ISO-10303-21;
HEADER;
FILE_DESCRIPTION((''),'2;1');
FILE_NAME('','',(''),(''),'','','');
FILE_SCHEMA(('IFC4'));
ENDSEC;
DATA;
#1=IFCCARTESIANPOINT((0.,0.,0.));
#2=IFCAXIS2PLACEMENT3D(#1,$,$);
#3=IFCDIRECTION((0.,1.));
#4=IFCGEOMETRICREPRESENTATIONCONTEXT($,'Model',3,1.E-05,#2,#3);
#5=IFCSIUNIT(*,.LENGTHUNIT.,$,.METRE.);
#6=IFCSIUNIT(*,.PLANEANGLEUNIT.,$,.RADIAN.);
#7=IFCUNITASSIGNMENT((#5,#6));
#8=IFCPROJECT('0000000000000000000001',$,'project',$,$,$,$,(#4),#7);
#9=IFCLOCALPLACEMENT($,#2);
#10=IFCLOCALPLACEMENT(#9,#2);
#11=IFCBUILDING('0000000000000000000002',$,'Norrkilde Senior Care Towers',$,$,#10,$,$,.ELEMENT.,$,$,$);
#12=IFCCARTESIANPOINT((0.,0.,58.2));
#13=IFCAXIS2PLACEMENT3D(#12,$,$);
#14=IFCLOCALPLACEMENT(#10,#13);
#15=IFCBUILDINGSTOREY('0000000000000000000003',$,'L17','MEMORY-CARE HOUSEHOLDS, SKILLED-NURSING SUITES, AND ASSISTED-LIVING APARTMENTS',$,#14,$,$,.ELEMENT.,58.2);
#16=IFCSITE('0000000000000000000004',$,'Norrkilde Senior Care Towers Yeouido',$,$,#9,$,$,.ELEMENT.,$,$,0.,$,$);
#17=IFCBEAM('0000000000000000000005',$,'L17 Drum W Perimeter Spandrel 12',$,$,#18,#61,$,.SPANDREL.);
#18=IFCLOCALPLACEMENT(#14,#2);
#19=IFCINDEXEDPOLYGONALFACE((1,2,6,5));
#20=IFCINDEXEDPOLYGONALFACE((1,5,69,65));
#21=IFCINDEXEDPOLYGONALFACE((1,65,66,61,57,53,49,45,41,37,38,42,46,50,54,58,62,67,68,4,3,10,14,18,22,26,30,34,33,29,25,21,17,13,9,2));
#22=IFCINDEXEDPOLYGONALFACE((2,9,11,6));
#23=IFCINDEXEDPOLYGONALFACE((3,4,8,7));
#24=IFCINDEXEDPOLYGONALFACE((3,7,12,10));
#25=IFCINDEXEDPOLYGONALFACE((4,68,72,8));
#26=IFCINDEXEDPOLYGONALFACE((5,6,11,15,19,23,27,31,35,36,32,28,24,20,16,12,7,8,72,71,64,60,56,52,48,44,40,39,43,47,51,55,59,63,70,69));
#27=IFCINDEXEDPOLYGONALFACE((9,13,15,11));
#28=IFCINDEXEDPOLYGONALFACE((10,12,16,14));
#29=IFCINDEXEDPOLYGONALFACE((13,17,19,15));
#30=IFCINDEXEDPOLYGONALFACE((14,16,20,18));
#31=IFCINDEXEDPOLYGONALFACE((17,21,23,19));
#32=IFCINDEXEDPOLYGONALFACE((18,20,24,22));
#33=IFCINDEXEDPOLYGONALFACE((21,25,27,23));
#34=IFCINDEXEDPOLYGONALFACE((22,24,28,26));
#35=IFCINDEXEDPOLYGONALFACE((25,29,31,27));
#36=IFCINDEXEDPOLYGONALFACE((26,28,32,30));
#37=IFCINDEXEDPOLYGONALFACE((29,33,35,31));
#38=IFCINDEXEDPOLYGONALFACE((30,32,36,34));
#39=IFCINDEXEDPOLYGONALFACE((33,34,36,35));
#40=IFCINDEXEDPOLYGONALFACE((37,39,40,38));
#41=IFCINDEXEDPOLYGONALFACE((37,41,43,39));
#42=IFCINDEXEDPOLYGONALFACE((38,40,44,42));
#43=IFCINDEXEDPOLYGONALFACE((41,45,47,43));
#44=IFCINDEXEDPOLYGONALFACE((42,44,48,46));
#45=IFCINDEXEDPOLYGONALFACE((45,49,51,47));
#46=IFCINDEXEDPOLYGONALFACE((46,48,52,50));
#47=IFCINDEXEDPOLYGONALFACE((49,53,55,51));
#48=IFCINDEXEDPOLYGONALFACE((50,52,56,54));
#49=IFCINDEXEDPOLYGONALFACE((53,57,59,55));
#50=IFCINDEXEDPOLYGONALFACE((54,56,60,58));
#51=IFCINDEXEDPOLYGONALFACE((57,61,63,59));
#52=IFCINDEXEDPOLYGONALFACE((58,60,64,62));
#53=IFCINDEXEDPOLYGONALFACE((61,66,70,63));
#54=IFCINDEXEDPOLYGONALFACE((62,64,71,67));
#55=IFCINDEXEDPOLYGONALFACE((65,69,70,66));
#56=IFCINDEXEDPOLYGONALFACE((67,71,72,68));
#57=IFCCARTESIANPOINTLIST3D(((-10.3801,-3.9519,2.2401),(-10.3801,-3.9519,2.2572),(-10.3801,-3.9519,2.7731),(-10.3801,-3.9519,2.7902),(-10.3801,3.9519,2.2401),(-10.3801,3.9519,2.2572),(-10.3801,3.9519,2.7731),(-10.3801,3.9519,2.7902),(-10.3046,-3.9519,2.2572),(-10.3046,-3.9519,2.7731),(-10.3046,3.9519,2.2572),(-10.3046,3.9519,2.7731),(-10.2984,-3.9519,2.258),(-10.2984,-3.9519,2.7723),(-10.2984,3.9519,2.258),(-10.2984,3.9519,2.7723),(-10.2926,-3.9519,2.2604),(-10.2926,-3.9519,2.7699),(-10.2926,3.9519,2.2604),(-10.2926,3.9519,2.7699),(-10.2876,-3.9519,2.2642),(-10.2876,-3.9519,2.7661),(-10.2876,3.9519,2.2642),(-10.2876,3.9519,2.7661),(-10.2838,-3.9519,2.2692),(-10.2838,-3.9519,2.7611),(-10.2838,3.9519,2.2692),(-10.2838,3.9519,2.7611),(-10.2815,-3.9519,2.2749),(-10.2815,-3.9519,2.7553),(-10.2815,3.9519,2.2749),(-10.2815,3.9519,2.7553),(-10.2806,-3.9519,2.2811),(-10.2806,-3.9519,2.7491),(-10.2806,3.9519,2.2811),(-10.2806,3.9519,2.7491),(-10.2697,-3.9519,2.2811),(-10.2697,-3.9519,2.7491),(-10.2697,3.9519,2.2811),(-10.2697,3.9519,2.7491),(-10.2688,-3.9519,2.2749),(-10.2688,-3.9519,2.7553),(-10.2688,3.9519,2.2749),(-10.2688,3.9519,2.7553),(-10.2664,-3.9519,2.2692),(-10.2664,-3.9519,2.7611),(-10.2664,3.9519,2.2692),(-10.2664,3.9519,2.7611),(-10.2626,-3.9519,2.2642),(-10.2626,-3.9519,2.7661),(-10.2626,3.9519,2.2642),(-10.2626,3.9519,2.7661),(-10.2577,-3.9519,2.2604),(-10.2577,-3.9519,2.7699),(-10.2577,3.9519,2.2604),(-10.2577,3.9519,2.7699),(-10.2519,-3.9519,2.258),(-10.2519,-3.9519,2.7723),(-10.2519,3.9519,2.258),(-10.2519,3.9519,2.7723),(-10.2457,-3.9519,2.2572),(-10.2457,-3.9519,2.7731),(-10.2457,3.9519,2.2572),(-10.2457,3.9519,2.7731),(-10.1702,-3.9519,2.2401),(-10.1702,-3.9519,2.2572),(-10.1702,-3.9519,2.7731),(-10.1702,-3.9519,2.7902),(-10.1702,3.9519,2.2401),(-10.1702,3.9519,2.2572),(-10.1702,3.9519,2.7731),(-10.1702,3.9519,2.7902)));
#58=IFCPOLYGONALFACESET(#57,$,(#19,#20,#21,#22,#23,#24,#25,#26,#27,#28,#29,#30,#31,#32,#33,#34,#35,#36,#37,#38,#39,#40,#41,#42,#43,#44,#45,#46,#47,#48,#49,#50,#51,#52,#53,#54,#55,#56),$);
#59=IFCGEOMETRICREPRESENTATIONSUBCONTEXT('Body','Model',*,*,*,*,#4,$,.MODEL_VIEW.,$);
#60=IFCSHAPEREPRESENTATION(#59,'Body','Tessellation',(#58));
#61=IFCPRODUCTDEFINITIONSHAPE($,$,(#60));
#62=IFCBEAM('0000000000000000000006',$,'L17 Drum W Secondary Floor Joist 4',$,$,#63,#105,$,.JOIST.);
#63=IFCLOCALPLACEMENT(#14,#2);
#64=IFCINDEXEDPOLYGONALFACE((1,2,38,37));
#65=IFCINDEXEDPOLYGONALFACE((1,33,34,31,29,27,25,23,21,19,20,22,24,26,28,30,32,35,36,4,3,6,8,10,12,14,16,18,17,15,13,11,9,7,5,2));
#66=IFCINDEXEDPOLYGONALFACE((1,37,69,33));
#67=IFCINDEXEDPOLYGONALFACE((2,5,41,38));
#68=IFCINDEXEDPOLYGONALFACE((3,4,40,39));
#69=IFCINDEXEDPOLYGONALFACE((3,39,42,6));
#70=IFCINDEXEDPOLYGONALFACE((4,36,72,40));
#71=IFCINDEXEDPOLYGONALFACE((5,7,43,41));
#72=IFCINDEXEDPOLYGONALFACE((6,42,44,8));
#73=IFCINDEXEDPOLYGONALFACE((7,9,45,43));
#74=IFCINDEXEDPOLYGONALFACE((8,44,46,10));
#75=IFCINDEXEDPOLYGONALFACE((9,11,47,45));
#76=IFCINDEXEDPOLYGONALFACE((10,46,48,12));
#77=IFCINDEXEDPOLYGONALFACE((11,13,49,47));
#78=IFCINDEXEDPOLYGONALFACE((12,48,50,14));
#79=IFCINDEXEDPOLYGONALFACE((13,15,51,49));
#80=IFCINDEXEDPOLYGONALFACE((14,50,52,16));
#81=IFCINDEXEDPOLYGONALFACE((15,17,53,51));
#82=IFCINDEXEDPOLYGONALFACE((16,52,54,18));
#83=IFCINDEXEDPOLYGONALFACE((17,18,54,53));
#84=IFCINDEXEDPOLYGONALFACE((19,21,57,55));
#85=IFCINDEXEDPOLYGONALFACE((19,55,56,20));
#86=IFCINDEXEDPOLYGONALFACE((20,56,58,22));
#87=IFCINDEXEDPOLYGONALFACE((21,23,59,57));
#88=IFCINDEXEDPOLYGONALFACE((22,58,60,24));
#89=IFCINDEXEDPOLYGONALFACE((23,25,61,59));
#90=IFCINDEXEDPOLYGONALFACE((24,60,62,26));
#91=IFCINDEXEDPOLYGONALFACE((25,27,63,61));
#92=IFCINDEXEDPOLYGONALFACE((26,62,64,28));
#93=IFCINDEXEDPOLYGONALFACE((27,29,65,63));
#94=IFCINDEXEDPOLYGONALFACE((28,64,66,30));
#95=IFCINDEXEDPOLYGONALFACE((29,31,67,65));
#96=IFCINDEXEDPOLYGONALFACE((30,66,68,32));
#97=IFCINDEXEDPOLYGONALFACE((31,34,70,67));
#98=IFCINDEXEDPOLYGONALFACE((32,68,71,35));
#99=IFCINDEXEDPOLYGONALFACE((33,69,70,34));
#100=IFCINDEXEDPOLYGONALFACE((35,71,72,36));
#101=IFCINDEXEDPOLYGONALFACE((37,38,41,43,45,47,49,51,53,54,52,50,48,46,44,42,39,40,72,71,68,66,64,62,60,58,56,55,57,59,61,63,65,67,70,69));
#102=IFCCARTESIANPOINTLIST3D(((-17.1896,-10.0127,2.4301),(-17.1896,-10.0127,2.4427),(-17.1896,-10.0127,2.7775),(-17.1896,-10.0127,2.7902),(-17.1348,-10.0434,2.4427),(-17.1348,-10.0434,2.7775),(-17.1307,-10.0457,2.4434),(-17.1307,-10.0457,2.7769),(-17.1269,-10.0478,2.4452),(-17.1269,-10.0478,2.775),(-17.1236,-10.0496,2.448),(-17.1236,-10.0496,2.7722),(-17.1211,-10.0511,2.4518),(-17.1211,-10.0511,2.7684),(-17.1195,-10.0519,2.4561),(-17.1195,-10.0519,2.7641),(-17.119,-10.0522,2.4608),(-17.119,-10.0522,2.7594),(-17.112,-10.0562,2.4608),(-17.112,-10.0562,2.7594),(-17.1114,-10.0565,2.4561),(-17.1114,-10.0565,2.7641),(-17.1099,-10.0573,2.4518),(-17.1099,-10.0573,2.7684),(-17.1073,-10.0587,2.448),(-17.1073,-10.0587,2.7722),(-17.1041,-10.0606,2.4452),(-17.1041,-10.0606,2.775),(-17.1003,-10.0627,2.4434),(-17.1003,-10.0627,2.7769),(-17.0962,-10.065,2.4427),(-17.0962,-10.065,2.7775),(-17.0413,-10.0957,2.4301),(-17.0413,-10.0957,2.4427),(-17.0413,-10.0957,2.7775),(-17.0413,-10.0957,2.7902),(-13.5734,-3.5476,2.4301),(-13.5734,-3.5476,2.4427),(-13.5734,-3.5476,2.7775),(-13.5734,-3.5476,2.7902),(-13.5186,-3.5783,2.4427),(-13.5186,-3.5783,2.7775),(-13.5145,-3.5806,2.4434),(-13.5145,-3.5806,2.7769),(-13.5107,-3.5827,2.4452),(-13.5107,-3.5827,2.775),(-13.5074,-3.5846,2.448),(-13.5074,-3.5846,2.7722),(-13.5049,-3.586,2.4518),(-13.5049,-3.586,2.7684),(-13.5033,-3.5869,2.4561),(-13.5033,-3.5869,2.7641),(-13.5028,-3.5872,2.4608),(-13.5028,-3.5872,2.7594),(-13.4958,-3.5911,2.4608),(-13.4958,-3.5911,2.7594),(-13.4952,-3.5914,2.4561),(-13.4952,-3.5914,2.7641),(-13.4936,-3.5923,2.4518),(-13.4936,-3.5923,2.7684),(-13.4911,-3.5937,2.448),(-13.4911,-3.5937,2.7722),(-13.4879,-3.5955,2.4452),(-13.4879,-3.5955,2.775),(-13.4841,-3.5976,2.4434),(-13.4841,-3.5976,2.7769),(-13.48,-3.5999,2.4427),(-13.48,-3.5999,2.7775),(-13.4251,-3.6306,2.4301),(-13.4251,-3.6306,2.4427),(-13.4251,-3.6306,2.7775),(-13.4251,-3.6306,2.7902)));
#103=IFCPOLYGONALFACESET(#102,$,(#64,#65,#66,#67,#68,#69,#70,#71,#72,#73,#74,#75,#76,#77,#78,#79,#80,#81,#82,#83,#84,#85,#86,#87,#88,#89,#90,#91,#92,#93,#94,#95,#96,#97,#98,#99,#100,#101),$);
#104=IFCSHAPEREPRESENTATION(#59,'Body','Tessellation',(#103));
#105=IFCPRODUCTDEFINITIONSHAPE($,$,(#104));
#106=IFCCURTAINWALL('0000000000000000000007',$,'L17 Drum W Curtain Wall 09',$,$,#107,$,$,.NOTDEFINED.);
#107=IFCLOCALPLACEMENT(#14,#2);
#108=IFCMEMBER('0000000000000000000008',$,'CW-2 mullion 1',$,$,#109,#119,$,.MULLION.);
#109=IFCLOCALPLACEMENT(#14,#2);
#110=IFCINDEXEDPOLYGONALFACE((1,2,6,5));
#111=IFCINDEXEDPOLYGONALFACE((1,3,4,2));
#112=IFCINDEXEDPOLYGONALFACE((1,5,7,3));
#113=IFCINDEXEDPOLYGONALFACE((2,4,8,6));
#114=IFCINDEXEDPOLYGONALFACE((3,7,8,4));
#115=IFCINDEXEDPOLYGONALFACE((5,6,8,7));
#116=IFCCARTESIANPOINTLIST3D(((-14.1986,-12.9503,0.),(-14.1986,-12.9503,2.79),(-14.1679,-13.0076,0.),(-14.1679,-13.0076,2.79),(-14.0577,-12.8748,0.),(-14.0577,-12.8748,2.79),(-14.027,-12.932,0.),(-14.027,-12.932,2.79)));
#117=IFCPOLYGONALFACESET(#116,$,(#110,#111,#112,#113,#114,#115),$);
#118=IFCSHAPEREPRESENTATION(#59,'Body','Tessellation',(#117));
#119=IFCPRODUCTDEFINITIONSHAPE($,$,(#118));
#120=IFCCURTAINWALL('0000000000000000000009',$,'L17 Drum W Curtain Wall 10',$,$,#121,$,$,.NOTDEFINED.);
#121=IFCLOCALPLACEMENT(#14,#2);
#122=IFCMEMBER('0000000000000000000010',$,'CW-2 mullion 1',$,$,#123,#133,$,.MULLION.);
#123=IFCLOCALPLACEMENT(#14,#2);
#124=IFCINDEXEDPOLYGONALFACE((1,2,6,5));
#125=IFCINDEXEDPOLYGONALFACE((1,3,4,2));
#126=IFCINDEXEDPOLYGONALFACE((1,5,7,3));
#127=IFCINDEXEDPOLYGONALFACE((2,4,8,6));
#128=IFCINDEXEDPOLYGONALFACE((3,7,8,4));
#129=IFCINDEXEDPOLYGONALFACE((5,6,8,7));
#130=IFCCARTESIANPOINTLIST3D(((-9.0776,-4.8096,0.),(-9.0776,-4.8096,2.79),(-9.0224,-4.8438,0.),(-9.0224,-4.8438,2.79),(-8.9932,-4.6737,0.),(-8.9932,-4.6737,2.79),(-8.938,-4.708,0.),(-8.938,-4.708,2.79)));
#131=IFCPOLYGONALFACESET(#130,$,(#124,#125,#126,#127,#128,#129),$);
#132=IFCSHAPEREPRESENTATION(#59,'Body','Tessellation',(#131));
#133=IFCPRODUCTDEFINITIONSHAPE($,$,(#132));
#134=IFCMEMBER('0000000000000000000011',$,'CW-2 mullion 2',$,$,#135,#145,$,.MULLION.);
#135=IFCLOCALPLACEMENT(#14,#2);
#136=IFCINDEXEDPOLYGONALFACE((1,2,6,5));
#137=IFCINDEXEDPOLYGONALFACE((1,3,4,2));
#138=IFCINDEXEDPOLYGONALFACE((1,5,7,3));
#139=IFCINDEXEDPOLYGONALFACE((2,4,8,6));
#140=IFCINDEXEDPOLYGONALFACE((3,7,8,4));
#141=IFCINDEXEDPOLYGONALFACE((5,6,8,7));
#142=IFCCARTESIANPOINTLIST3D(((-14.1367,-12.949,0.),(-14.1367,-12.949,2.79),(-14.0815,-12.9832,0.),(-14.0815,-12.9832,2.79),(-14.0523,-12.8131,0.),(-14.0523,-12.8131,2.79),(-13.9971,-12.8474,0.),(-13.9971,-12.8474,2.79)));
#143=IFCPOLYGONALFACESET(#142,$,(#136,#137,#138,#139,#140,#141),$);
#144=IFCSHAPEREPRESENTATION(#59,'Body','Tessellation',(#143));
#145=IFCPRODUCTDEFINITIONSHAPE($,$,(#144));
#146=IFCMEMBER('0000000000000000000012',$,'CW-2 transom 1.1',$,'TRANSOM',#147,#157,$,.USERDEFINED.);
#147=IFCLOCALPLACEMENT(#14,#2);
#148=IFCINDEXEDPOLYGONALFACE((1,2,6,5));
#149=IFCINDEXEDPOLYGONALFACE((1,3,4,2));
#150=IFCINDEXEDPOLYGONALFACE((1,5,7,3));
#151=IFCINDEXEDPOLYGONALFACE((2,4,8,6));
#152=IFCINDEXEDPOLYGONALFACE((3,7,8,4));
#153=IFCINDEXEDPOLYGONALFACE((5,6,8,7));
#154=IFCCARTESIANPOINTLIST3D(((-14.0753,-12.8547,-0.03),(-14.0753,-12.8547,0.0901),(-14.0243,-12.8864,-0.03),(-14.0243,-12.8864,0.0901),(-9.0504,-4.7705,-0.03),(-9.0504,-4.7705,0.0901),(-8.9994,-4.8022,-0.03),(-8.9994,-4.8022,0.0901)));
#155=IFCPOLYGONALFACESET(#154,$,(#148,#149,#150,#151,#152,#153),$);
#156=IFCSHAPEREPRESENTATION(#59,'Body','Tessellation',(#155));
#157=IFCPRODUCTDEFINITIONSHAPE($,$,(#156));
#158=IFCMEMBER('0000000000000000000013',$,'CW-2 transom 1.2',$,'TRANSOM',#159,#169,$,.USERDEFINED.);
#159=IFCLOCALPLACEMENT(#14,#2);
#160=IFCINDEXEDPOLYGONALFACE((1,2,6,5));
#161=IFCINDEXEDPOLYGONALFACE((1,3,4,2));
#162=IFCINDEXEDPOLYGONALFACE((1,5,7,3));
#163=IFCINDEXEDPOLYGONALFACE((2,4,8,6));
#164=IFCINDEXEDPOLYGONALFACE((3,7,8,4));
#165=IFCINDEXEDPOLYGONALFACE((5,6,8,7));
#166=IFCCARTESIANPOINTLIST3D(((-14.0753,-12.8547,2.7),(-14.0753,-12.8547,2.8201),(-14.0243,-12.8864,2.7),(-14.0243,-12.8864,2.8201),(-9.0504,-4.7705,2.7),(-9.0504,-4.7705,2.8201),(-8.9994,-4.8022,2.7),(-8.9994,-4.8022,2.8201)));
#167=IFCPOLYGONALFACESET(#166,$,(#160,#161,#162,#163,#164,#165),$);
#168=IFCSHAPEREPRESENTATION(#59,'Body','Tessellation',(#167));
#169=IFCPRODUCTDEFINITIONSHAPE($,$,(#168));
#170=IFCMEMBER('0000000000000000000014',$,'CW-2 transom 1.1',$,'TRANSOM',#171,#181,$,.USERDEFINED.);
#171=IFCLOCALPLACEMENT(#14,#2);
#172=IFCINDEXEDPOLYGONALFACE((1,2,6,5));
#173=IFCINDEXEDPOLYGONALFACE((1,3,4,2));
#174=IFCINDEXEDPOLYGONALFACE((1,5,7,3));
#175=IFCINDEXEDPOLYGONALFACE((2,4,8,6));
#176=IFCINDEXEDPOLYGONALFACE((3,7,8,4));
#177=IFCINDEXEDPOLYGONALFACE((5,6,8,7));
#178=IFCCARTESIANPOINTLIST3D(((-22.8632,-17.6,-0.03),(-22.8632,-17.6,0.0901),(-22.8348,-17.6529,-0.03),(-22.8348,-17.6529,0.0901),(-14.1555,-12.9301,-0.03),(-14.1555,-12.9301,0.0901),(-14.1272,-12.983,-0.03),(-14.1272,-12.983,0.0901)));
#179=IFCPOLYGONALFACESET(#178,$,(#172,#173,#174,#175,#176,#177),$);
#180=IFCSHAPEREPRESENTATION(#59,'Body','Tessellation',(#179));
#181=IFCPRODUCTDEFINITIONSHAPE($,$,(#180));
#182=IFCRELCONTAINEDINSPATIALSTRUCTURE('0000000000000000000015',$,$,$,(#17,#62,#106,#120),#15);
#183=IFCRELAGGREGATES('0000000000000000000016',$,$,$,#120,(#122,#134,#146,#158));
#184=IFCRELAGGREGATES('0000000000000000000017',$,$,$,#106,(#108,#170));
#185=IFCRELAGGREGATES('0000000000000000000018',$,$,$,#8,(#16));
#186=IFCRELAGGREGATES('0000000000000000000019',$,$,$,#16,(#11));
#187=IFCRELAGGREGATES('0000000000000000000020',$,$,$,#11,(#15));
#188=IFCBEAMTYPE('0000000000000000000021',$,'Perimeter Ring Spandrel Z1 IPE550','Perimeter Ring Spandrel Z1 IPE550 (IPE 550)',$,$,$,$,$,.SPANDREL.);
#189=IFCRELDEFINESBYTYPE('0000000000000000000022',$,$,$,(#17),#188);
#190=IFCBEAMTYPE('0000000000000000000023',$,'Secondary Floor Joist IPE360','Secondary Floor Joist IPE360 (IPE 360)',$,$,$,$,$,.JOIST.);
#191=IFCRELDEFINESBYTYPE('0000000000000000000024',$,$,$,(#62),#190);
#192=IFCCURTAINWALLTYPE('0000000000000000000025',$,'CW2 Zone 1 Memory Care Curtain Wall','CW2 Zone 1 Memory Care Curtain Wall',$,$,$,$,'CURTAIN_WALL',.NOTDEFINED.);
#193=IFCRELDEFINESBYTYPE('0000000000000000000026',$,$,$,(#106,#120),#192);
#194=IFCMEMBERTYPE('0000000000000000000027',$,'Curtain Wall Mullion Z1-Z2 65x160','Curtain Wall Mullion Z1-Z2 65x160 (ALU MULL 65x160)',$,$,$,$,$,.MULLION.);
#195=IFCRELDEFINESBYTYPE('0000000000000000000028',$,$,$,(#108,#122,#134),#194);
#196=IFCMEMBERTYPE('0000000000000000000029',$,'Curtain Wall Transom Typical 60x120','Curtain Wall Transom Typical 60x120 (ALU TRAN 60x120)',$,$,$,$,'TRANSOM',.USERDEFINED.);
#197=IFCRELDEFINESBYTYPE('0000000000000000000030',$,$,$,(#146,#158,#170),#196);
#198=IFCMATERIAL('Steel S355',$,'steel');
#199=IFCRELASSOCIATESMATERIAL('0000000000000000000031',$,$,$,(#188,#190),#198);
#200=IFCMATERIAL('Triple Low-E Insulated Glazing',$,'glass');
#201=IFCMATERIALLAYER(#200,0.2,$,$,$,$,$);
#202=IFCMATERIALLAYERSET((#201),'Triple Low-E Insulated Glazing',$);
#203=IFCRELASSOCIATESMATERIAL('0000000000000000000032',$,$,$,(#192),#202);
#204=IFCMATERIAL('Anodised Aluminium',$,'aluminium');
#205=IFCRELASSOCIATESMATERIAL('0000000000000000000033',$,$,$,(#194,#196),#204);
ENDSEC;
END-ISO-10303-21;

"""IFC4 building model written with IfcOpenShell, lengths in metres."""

from ifc_helpers import new_model, si_unit, direction, frame, origin, origin_2d, place, context, subcontext, project, spatial, rectangle, i_section, extrude, source, transform, mapped, material, layer, layer_set, material_profile, profile_set, type_object, type_shapes, element, aggregate, save


model = new_model("IFC4")

# Units and contexts
model_context = context("Model", 3, precision=1e-05, world=origin(), true_north=direction((0.0, 1.0)))
body_context = subcontext(model_context, "Body", "Model", "MODEL_VIEW")
ifc_project = project(units=[si_unit("LENGTHUNIT", "METRE"), si_unit("PLANEANGLEUNIT", "RADIAN")], contexts=[model_context])

# Site, building, storey
site_placement = place(None, origin())
site = spatial("IfcSite", under=ifc_project, at=site_placement, Name="Norrkilde Senior Care Towers Yeouido", CompositionType="ELEMENT", RefElevation=0.0)
building_placement = place(site_placement, origin())
building = spatial("IfcBuilding", under=site, at=building_placement, Name="Norrkilde Senior Care Towers", CompositionType="ELEMENT")
storey_placement = place(building_placement, frame((0.0, 0.0, 58.2)))
storey = spatial("IfcBuildingStorey", under=building, at=storey_placement, Name="L17", Description="MEMORY-CARE HOUSEHOLDS, SKILLED-NURSING SUITES, AND ASSISTED-LIVING APARTMENTS", CompositionType="ELEMENT", Elevation=58.2)

# Beams
ifc_material_1 = material(Name="Steel S355", Category="steel")
ifc_material_profile_1 = material_profile(ifc_material_1, i_section(OverallWidth=0.21, OverallDepth=0.55, WebThickness=0.011, FlangeThickness=0.0171, FilletRadius=0.0239, at=origin_2d()), Name="IPE 550")
ifc_profile_set_1 = profile_set([ifc_material_profile_1], Name="Steel S355")
beam_type_1 = type_object("IfcBeamType", Name="Perimeter Ring Spandrel Z1 IPE550", Description="Perimeter Ring Spandrel Z1 IPE550 (IPE 550)", PredefinedType="SPANDREL", material=ifc_profile_set_1)
shared_shape_1 = source(origin(), body_context, "Body", "SweptSolid", [
    extrude(i_section(OverallWidth=0.21, OverallDepth=0.55, WebThickness=0.011, FlangeThickness=0.0171, FilletRadius=0.0239, at=origin_2d()), origin(), (0.0, 0.0, 1.0), 7.9038),
])
beam_1_placement = place(storey_placement, frame((-10.2751, -3.9519, 2.5151), z_axis=(0.0, 1.0, 0.0), x_axis=(-1.0, 0.0, 0.0)))
element("IfcBeam", 1, at=beam_1_placement, inside=storey, type_object=beam_type_1, Name="L17 Drum W Perimeter Spandrel 12", PredefinedType="SPANDREL", context=body_context, shape_type="MappedRepresentation", body=[
    mapped(shared_shape_1, transform((0.0, 0.0, 0.0), x_axis=(1.0, 0.0, 0.0), y_axis=(0.0, 1.0, 0.0), z_axis=(0.0, 0.0, 1.0), scale=1.0)),
])
ifc_material_profile_2 = material_profile(ifc_material_1, i_section(OverallWidth=0.1699, OverallDepth=0.3601, WebThickness=0.0081, FlangeThickness=0.0127, FilletRadius=0.0181, at=origin_2d()), Name="IPE 360")
ifc_profile_set_2 = profile_set([ifc_material_profile_2], Name="Steel S355")
beam_type_2 = type_object("IfcBeamType", Name="Secondary Floor Joist IPE360", Description="Secondary Floor Joist IPE360 (IPE 360)", PredefinedType="JOIST", material=ifc_profile_set_2)
shared_shape_2 = source(origin(), body_context, "Body", "SweptSolid", [
    extrude(i_section(OverallWidth=0.1699, OverallDepth=0.3601, WebThickness=0.0081, FlangeThickness=0.0127, FilletRadius=0.0181, at=origin_2d()), origin(), (0.0, 0.0, 1.0), 7.4077),
])
type_shapes(beam_type_2, [shared_shape_2])
beam_2_placement = place(storey_placement, frame((-17.1155, -10.0542, 2.6101), z_axis=(0.488168, 0.87275, 0.0), x_axis=(-0.87275, 0.488168, 0.0)))
element("IfcBeam", 2, at=beam_2_placement, inside=storey, type_object=beam_type_2, Name="L17 Drum W Secondary Floor Joist 4", PredefinedType="JOIST", context=body_context, shape_type="MappedRepresentation", body=[
    mapped(shared_shape_2, transform((0.0, 0.0, 0.0), x_axis=(1.0, 0.0, 0.0), y_axis=(0.0, 1.0, 0.0), z_axis=(0.0, 0.0, 1.0), scale=1.0)),
])

# Curtain wall, member
ifc_material_2 = material(Name="Triple Low-E Insulated Glazing", Category="glass")
ifc_layer_1 = layer(ifc_material_2, 0.2)
ifc_layer_set_1 = layer_set([ifc_layer_1], Name="Triple Low-E Insulated Glazing")
curtain_wall_type = type_object("IfcCurtainWallType", Name="CW2 Zone 1 Memory Care Curtain Wall", Description="CW2 Zone 1 Memory Care Curtain Wall", ElementType="CURTAIN_WALL", PredefinedType="NOTDEFINED", material=ifc_layer_set_1)
curtain_wall_1_placement = place(storey_placement, origin())
curtain_wall_1 = element("IfcCurtainWall", 3, at=curtain_wall_1_placement, inside=storey, type_object=curtain_wall_type, Name="L17 Drum W Curtain Wall 09", PredefinedType="NOTDEFINED")
ifc_material_3 = material(Name="Anodised Aluminium", Category="aluminium")
ifc_material_profile_3 = material_profile(ifc_material_3, rectangle(XDim=0.0649, YDim=0.1599, at=origin_2d()), Name="ALU MULL 65x160")
ifc_profile_set_3 = profile_set([ifc_material_profile_3], Name="Anodised Aluminium")
member_type_1 = type_object("IfcMemberType", Name="Curtain Wall Mullion Z1-Z2 65x160", Description="Curtain Wall Mullion Z1-Z2 65x160 (ALU MULL 65x160)", PredefinedType="MULLION", material=ifc_profile_set_3)
shared_shape_3 = source(origin(), body_context, "Body", "SweptSolid", [
    extrude(rectangle(XDim=0.0649, YDim=0.1599, at=origin_2d()), origin(), (0.0, 0.0, 1.0), 2.79),
])
type_shapes(member_type_1, [shared_shape_3])
member_1_placement = place(storey_placement, frame((-14.1128, -12.9412, 0.0), z_axis=(0.0, 0.0, 1.0), x_axis=(0.472608, -0.881273, 0.0)))
member_1 = element("IfcMember", 4, at=member_1_placement, type_object=member_type_1, Name="CW-2 mullion 1", PredefinedType="MULLION", context=body_context, shape_type="MappedRepresentation", body=[
    mapped(shared_shape_3, transform((0.0, 0.0, 0.0), x_axis=(1.0, 0.0, 0.0), y_axis=(0.0, 1.0, 0.0), z_axis=(0.0, 0.0, 1.0), scale=1.0)),
])

# Curtain wall, members
curtain_wall_2_placement = place(storey_placement, origin())
curtain_wall_2 = element("IfcCurtainWall", 5, at=curtain_wall_2_placement, inside=storey, type_object=curtain_wall_type, Name="L17 Drum W Curtain Wall 10", PredefinedType="NOTDEFINED")
member_2_placement = place(storey_placement, frame((-9.0078, -4.7588, 0.0), z_axis=(0.0, 0.0, 1.0), x_axis=(0.849306, -0.527901, 0.0)))
member_2 = element("IfcMember", 6, at=member_2_placement, type_object=member_type_1, Name="CW-2 mullion 1", PredefinedType="MULLION", context=body_context, shape_type="MappedRepresentation", body=[
    mapped(shared_shape_3, transform((0.0, 0.0, 0.0), x_axis=(1.0, 0.0, 0.0), y_axis=(0.0, 1.0, 0.0), z_axis=(0.0, 0.0, 1.0), scale=1.0)),
])
member_3_placement = place(storey_placement, frame((-14.0669, -12.8982, 0.0), z_axis=(0.0, 0.0, 1.0), x_axis=(0.849306, -0.527901, 0.0)))
member_3 = element("IfcMember", 7, at=member_3_placement, type_object=member_type_1, Name="CW-2 mullion 2", PredefinedType="MULLION", context=body_context, shape_type="MappedRepresentation", body=[
    mapped(shared_shape_3, transform((0.0, 0.0, 0.0), x_axis=(1.0, 0.0, 0.0), y_axis=(0.0, 1.0, 0.0), z_axis=(0.0, 0.0, 1.0), scale=1.0)),
])
ifc_material_profile_4 = material_profile(ifc_material_3, rectangle(XDim=0.0601, YDim=0.1201, at=origin_2d()), Name="ALU TRAN 60x120")
ifc_profile_set_4 = profile_set([ifc_material_profile_4], Name="Anodised Aluminium")
member_type_2 = type_object("IfcMemberType", Name="Curtain Wall Transom Typical 60x120", Description="Curtain Wall Transom Typical 60x120 (ALU TRAN 60x120)", ElementType="TRANSOM", PredefinedType="USERDEFINED", material=ifc_profile_set_4)
shared_shape_4 = source(origin(), body_context, "Body", "SweptSolid", [
    extrude(rectangle(XDim=0.0601, YDim=0.1201, at=origin_2d()), origin(), (0.0, 0.0, 1.0), 9.5186),
])
member_4_placement = place(storey_placement, frame((-9.0249, -4.7864, 0.03), z_axis=(-0.527902, -0.849306, 0.0), x_axis=(0.849306, -0.527902, 0.0)))
member_4 = element("IfcMember", 8, at=member_4_placement, type_object=member_type_2, Name="CW-2 transom 1.1", ObjectType="TRANSOM", PredefinedType="USERDEFINED", context=body_context, shape_type="MappedRepresentation", body=[
    mapped(shared_shape_4, transform((0.0, 0.0, 0.0), x_axis=(1.0, 0.0, 0.0), y_axis=(0.0, 1.0, 0.0), z_axis=(0.0, 0.0, 1.0), scale=1.0)),
])
member_5_placement = place(storey_placement, frame((-9.0249, -4.7864, 2.76), z_axis=(-0.527902, -0.849306, 0.0), x_axis=(0.849306, -0.527902, 0.0)))
member_5 = element("IfcMember", 9, at=member_5_placement, type_object=member_type_2, Name="CW-2 transom 1.2", ObjectType="TRANSOM", PredefinedType="USERDEFINED", context=body_context, shape_type="MappedRepresentation", body=[
    mapped(shared_shape_4, transform((0.0, 0.0, 0.0), x_axis=(1.0, 0.0, 0.0), y_axis=(0.0, 1.0, 0.0), z_axis=(0.0, 0.0, 1.0), scale=1.0)),
])

# Member
shared_shape_5 = source(origin(), body_context, "Body", "SweptSolid", [
    extrude(rectangle(XDim=0.0601, YDim=0.1201, at=origin_2d()), origin(), (0.0, 0.0, 1.0), 9.8809),
])
type_shapes(member_type_2, [shared_shape_4, shared_shape_5])
member_6_placement = place(storey_placement, frame((-14.1414, -12.9565, 0.03), z_axis=(-0.881267, -0.472618, 0.0), x_axis=(0.472618, -0.881267, 0.0)))
member_6 = element("IfcMember", 10, at=member_6_placement, type_object=member_type_2, Name="CW-2 transom 1.1", ObjectType="TRANSOM", PredefinedType="USERDEFINED", context=body_context, shape_type="MappedRepresentation", body=[
    mapped(shared_shape_5, transform((0.0, 0.0, 0.0), x_axis=(1.0, 0.0, 0.0), y_axis=(0.0, 1.0, 0.0), z_axis=(0.0, 0.0, 1.0), scale=1.0)),
])

aggregate(curtain_wall_2, [member_2, member_3, member_4, member_5])
aggregate(curtain_wall_1, [member_1, member_6])

save(model, "model.ifc")
